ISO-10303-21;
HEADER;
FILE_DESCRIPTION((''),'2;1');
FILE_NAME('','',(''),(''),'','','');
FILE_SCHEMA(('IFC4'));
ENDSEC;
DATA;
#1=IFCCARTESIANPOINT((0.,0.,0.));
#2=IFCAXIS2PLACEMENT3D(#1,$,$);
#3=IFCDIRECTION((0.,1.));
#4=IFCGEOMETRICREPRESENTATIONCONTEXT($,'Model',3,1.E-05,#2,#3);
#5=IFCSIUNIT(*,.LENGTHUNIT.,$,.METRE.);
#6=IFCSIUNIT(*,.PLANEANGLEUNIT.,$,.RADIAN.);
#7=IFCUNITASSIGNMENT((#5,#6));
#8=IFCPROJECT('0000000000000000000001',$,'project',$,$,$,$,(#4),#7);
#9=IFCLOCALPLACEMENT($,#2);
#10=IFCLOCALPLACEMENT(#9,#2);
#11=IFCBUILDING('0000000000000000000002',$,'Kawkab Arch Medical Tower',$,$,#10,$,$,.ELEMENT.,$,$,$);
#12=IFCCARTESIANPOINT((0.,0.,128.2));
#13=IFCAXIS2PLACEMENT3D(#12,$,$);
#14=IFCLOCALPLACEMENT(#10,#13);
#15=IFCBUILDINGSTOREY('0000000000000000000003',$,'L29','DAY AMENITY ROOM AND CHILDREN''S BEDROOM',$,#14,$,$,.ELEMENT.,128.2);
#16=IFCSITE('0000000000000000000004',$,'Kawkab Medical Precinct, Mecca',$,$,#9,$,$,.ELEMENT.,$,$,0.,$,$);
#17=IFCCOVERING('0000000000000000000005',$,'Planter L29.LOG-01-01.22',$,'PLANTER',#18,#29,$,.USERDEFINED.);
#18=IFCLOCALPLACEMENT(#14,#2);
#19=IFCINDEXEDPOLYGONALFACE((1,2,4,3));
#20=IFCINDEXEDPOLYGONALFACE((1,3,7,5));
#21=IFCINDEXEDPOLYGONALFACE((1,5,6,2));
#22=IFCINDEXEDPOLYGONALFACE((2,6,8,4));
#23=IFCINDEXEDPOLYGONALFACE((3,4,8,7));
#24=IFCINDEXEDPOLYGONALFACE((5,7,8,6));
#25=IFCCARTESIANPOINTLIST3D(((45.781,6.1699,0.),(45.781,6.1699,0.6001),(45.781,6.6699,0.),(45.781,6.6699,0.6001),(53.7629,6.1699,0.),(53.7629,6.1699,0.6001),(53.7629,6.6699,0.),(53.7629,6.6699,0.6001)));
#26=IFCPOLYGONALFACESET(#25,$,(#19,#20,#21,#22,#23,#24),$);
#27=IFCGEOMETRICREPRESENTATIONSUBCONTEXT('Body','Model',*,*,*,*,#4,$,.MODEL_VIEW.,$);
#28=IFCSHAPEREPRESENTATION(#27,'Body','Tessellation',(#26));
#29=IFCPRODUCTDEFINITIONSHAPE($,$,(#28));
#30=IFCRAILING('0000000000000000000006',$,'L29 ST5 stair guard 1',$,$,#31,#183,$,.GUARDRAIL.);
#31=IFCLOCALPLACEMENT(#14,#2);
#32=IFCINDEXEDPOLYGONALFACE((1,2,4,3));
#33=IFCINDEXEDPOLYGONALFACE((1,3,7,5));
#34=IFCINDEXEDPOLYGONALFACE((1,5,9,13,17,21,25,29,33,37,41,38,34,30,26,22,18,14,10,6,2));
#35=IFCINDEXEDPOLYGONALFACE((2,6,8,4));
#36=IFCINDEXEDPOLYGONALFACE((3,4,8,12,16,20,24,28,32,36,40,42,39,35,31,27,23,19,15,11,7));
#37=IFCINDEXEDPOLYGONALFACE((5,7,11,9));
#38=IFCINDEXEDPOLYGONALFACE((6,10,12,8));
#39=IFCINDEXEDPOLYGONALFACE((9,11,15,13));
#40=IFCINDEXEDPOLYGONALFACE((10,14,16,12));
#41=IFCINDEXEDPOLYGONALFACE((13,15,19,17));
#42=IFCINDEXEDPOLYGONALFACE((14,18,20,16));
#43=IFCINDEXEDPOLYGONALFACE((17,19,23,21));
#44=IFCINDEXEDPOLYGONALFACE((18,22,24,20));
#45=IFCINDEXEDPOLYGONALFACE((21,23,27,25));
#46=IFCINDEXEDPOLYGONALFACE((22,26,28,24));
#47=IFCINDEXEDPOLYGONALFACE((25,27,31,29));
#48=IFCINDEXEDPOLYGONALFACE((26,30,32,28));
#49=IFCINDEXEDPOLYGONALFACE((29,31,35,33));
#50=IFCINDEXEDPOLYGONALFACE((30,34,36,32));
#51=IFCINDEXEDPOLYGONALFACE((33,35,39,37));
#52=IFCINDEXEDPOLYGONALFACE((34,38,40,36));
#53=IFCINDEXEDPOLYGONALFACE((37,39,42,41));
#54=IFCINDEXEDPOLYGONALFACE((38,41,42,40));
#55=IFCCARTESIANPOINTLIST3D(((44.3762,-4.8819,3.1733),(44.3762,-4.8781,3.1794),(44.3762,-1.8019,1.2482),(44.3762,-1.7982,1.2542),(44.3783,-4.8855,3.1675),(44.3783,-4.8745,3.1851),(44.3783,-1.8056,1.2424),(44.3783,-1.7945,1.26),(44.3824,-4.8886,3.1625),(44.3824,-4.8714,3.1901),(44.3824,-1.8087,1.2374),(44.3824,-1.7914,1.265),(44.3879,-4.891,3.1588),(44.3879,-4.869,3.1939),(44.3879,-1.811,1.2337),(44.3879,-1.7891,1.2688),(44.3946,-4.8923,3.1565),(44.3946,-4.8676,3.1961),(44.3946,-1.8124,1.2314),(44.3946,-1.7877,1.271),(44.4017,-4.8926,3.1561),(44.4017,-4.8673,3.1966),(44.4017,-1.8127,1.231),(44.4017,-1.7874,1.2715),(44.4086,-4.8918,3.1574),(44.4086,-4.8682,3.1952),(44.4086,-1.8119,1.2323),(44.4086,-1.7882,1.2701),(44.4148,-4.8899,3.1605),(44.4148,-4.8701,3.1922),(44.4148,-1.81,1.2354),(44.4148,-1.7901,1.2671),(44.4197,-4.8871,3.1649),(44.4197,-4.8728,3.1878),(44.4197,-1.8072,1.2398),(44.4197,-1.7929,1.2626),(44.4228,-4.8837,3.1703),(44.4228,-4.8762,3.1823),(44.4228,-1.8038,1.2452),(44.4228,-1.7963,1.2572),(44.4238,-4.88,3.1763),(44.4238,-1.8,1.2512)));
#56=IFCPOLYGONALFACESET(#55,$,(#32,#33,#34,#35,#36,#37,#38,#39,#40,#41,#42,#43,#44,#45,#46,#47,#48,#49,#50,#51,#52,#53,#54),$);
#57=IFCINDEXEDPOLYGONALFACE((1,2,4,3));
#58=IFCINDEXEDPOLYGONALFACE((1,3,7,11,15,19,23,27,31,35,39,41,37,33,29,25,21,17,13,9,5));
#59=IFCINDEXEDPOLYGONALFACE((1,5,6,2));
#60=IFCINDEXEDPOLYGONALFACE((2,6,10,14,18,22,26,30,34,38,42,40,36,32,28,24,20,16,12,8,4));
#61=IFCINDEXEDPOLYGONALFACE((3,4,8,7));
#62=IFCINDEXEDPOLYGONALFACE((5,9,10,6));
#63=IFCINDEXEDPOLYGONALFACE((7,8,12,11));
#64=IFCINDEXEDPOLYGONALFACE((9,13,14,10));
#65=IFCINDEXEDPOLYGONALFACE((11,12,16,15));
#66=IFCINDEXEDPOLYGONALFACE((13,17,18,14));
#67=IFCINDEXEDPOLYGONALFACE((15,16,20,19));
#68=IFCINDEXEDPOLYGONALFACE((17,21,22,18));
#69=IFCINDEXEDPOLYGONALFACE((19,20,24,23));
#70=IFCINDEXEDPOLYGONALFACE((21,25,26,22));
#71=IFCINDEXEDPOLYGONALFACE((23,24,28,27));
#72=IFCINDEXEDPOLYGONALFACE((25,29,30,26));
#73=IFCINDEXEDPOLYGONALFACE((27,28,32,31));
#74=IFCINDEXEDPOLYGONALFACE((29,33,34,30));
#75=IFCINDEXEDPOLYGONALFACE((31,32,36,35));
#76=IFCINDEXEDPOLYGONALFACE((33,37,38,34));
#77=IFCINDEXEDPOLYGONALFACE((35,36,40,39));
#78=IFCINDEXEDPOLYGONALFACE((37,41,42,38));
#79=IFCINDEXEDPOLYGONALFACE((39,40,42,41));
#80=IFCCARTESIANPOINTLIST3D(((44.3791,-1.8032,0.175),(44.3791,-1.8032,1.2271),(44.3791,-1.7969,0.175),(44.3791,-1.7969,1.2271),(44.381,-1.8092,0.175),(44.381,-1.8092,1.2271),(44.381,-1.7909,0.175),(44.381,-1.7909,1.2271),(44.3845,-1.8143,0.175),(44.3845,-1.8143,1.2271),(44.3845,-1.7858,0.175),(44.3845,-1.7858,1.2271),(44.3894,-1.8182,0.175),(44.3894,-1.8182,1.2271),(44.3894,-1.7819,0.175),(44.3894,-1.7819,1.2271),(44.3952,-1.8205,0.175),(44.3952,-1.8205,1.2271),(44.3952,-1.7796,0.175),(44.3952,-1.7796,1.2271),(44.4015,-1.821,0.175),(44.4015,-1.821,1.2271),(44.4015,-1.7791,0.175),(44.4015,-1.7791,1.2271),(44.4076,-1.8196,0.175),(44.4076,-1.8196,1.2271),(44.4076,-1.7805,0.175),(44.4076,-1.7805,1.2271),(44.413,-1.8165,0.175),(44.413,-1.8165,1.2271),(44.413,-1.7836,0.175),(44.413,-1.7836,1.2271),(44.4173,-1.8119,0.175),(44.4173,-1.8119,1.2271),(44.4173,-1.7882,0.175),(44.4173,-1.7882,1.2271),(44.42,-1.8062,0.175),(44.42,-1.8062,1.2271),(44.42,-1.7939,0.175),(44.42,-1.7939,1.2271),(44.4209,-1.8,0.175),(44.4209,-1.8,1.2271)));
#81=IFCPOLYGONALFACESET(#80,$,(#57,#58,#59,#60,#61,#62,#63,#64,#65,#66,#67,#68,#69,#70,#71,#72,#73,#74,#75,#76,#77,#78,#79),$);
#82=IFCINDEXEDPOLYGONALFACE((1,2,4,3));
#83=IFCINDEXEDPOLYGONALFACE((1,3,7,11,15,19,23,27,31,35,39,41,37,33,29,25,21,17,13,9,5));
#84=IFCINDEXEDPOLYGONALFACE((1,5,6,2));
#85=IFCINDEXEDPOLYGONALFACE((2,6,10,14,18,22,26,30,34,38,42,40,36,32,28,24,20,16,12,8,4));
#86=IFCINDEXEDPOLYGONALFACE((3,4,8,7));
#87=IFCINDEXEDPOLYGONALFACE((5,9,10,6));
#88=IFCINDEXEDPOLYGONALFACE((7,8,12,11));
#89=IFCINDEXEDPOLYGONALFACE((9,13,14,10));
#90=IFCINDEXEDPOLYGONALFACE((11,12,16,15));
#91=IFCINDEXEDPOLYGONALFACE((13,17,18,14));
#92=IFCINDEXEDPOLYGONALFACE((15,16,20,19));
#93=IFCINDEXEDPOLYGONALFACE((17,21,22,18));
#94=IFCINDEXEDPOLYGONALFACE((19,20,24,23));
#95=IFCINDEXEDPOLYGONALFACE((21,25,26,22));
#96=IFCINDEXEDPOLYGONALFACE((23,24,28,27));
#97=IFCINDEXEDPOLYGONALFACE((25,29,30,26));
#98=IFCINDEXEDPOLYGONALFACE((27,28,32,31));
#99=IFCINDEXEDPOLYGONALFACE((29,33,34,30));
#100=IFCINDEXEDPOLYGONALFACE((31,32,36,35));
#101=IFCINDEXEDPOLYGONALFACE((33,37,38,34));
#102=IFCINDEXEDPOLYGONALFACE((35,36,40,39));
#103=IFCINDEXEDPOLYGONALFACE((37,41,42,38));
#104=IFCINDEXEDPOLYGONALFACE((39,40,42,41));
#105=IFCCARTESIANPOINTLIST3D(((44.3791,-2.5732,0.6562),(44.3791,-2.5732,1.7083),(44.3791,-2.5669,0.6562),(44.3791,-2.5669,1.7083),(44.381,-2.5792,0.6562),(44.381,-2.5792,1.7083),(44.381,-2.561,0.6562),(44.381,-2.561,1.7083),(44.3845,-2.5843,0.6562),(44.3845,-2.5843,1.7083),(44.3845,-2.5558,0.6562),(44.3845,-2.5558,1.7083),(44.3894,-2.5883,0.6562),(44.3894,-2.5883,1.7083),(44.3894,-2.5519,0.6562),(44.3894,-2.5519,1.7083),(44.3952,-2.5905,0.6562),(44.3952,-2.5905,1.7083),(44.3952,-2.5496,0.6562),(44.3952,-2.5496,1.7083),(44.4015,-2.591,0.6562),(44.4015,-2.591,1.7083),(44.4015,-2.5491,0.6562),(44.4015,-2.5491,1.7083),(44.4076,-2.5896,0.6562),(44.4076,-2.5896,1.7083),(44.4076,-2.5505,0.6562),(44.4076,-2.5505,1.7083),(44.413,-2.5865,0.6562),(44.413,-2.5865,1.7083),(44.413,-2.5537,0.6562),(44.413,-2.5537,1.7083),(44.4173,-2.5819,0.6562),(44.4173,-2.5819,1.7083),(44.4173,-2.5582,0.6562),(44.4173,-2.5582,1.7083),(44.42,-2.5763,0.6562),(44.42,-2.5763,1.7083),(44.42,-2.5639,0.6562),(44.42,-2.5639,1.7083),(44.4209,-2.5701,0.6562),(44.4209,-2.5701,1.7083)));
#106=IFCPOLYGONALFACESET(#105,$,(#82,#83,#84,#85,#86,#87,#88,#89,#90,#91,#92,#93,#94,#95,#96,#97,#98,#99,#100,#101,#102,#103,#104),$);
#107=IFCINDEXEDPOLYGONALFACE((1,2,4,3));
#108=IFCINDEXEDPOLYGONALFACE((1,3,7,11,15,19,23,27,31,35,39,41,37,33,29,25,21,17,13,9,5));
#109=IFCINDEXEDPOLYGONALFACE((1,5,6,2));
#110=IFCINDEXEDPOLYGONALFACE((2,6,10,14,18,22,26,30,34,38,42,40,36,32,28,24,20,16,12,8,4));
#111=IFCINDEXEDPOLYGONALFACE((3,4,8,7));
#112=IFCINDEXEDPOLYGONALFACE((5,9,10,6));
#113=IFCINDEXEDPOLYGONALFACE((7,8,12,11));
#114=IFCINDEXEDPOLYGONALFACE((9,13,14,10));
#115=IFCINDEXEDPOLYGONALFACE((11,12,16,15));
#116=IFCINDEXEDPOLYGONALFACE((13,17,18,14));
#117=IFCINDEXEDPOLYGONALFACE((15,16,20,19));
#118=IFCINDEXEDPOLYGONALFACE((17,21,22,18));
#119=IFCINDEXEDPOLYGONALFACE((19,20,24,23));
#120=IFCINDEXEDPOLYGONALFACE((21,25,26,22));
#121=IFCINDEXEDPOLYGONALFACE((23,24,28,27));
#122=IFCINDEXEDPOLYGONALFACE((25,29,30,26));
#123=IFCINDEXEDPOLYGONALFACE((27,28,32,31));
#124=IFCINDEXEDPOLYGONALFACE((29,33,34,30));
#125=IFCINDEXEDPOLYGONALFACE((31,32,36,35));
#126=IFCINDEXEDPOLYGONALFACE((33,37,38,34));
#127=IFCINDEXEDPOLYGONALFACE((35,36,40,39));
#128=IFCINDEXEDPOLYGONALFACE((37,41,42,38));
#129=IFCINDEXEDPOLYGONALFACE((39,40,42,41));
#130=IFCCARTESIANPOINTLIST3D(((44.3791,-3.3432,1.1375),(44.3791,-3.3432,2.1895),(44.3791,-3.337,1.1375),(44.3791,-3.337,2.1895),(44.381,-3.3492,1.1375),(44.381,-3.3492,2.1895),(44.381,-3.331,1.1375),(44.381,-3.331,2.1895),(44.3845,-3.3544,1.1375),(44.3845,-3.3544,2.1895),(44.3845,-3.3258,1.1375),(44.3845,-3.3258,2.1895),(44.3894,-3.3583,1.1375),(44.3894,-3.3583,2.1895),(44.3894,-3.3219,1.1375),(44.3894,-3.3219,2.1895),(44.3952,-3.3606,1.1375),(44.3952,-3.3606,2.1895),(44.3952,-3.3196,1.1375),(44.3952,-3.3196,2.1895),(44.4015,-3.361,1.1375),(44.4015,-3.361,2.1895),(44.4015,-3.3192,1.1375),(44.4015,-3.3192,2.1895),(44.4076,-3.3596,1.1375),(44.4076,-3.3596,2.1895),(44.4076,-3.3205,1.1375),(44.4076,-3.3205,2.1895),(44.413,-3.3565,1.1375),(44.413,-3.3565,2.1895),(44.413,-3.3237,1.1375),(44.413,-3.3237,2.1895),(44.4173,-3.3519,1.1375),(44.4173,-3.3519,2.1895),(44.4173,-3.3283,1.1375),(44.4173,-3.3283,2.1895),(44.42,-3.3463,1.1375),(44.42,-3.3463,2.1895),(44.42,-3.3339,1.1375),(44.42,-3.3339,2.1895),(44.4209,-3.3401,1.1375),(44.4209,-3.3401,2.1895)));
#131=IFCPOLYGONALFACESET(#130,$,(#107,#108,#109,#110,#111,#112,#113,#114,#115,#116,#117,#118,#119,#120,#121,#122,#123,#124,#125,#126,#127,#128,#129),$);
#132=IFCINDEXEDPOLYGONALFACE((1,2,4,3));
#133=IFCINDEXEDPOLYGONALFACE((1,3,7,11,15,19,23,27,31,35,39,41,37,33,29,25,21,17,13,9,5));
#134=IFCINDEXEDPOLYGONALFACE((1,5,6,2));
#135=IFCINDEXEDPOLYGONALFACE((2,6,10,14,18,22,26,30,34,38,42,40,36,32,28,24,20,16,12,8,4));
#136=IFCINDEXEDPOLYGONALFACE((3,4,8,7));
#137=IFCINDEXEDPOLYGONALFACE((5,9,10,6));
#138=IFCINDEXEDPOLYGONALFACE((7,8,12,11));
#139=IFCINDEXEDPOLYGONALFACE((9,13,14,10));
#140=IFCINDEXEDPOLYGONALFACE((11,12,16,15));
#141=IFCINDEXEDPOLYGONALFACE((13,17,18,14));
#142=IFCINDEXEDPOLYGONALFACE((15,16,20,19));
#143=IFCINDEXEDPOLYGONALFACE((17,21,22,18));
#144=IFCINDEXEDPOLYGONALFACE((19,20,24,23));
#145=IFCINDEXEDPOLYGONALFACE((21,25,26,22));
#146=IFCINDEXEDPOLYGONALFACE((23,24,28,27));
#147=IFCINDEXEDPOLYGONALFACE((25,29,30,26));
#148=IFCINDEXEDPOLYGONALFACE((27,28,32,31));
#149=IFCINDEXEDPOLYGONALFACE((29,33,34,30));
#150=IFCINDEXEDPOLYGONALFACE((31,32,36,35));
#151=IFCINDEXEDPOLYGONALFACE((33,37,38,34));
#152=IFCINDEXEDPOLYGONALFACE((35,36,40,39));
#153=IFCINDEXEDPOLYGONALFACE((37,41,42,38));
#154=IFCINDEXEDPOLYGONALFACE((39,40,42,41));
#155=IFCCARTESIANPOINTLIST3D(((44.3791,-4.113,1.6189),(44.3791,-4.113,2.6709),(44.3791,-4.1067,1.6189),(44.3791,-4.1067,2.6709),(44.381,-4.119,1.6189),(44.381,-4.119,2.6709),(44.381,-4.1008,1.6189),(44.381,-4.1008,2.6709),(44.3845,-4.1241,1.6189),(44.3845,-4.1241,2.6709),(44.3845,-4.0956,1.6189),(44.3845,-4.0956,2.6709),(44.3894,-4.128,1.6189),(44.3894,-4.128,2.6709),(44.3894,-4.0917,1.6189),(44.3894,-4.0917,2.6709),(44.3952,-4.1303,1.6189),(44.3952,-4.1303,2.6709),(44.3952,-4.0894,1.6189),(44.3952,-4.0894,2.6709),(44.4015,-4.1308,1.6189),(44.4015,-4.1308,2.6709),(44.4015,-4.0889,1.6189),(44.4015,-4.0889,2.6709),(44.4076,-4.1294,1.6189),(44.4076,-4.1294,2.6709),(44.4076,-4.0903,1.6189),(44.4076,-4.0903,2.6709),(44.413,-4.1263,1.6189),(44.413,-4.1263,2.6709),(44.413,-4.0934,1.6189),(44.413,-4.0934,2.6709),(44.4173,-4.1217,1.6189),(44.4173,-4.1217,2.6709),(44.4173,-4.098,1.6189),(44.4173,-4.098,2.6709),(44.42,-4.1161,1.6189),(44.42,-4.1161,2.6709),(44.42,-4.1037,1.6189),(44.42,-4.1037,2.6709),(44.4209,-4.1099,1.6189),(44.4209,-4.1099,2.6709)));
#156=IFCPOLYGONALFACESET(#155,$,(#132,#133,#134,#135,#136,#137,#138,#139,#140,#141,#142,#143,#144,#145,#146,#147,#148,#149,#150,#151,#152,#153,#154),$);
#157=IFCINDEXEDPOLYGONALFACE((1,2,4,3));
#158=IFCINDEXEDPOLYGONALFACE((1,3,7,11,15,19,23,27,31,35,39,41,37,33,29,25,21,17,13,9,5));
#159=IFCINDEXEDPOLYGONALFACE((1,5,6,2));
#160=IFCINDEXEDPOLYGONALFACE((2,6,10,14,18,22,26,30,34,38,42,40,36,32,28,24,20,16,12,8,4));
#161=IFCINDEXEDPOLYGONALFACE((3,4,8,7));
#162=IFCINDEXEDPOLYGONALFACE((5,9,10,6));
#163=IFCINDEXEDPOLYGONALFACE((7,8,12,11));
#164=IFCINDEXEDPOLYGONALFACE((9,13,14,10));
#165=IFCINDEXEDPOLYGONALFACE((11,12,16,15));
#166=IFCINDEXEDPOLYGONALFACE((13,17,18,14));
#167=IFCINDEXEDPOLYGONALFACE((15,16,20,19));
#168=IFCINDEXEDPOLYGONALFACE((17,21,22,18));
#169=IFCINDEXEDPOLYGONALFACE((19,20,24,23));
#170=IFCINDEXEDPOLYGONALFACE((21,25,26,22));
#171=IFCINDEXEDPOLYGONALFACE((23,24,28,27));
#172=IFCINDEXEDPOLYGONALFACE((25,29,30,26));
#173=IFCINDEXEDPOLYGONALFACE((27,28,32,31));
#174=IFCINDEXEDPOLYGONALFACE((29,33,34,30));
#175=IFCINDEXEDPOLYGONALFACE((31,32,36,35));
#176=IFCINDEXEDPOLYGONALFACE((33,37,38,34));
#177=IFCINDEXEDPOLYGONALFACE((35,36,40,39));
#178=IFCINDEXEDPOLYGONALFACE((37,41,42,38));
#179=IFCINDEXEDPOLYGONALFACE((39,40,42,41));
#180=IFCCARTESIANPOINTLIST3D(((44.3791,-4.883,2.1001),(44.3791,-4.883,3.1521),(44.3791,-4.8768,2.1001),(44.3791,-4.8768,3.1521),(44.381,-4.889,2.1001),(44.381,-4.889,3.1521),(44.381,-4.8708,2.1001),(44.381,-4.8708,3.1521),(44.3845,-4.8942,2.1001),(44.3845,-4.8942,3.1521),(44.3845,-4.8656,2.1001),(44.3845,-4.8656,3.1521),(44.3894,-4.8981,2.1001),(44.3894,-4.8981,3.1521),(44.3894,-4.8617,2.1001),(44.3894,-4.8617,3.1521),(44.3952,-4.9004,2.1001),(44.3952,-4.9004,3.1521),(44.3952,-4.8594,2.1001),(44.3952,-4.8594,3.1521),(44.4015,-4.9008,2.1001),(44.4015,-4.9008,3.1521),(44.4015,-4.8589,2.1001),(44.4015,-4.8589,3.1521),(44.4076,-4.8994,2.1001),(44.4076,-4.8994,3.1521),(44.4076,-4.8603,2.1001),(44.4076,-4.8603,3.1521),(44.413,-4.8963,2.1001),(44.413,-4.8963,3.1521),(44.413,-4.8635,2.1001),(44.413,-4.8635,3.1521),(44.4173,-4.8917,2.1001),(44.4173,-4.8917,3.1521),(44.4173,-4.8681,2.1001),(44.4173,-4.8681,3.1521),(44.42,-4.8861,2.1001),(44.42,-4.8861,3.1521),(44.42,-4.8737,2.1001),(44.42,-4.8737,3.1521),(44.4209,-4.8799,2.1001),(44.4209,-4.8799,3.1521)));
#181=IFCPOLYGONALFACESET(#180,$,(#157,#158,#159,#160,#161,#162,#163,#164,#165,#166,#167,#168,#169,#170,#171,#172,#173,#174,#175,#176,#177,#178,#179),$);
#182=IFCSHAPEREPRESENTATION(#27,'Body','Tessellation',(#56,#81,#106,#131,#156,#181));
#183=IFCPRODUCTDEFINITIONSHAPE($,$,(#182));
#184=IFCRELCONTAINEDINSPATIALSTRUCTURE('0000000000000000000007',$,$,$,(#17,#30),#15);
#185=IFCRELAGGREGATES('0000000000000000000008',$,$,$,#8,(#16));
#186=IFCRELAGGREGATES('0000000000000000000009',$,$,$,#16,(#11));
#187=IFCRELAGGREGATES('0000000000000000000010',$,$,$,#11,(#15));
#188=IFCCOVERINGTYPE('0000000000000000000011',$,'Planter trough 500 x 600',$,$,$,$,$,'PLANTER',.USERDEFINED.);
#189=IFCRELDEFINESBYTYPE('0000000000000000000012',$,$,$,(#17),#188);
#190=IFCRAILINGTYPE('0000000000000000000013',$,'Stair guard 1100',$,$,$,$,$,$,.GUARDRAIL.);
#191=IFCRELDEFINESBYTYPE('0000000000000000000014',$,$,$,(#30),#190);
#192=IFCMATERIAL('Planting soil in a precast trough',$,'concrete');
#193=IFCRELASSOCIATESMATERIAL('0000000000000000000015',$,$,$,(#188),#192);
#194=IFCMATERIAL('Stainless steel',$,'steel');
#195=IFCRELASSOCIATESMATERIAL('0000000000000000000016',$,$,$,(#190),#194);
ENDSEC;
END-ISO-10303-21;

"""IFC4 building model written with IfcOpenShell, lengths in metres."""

from ifc_helpers import new_model, si_unit, direction, frame, origin, origin_2d, place, context, subcontext, project, spatial, rectangle, circle, extrude, material, material_profile, profile_set, type_object, element, save


model = new_model("IFC4")

# Units and contexts
model_context = context("Model", 3, precision=1e-05, world=origin(), true_north=direction((0.0, 1.0)))
body_context = subcontext(model_context, "Body", "Model", "MODEL_VIEW")
ifc_project = project(units=[si_unit("LENGTHUNIT", "METRE"), si_unit("PLANEANGLEUNIT", "RADIAN")], contexts=[model_context])

# Site, building, storey
site_placement = place(None, origin())
site = spatial("IfcSite", under=ifc_project, at=site_placement, Name="Kawkab Medical Precinct, Mecca", CompositionType="ELEMENT", RefElevation=0.0)
building_placement = place(site_placement, origin())
building = spatial("IfcBuilding", under=site, at=building_placement, Name="Kawkab Arch Medical Tower", CompositionType="ELEMENT")
storey_placement = place(building_placement, frame((0.0, 0.0, 128.2)))
storey = spatial("IfcBuildingStorey", under=building, at=storey_placement, Name="L29", Description="DAY AMENITY ROOM AND CHILDREN'S BEDROOM", CompositionType="ELEMENT", Elevation=128.2)

# Covering
ifc_material_1 = material(Name="Planting soil in a precast trough", Category="concrete")
ifc_material_profile_1 = material_profile(ifc_material_1, rectangle(XDim=0.5, YDim=0.6001, at=origin_2d()), Name="Trough 500x600")
ifc_profile_set_1 = profile_set([ifc_material_profile_1], Name="Planting soil in a precast trough")
covering_type_1 = type_object("IfcCoveringType", Name="Planter trough 500 x 600", ElementType="PLANTER", PredefinedType="USERDEFINED", material=ifc_profile_set_1)
covering_1_placement = place(storey_placement, frame((45.781, 6.4199, 0.3), z_axis=(1.0, 0.0, 0.0), x_axis=(0.0, 1.0, 0.0)))
element("IfcCovering", 1, at=covering_1_placement, inside=storey, type_object=covering_type_1, Name="Planter L29.LOG-01-01.22", ObjectType="PLANTER", PredefinedType="USERDEFINED", context=body_context, shape_type="SweptSolid", body=[
    extrude(rectangle(XDim=0.5, YDim=0.6001, at=origin_2d()), origin(), (0.0, 0.0, 1.0), 7.9819),
])

# Railing
ifc_material_2 = material(Name="Stainless steel", Category="steel")
railing_type = type_object("IfcRailingType", Name="Stair guard 1100", PredefinedType="GUARDRAIL", material=ifc_material_2)
railing_1_placement = place(storey_placement, frame((44.3999, -1.8, 0.175)))
element("IfcRailing", 2, at=railing_1_placement, inside=storey, type_object=railing_type, Name="L29 ST5 stair guard 1", PredefinedType="GUARDRAIL", context=body_context, shape_type="SweptSolid", body=[
    extrude(circle(Radius=0.0239, at=origin_2d()), frame((0.0, 0.0, 1.0762), z_axis=(0.0, -0.847979, 0.530029), x_axis=(1.0, 0.0, 0.0)), (0.0, 0.0, 1.0), 3.6321),
    extrude(circle(Radius=0.021, at=origin_2d()), origin(), (0.0, 0.0, 1.0), 1.052),
    extrude(circle(Radius=0.021, at=origin_2d()), frame((0.0, -0.77, 0.4812)), (0.0, 0.0, 1.0), 1.052),
    extrude(circle(Radius=0.021, at=origin_2d()), frame((0.0, -1.54, 0.9624)), (0.0, 0.0, 1.0), 1.052),
    extrude(circle(Radius=0.021, at=origin_2d()), frame((0.0, -2.3098, 1.4438)), (0.0, 0.0, 1.0), 1.052),
    extrude(circle(Radius=0.021, at=origin_2d()), frame((0.0, -3.0798, 1.925)), (0.0, 0.0, 1.0), 1.052),
])

save(model, "model.ifc")
